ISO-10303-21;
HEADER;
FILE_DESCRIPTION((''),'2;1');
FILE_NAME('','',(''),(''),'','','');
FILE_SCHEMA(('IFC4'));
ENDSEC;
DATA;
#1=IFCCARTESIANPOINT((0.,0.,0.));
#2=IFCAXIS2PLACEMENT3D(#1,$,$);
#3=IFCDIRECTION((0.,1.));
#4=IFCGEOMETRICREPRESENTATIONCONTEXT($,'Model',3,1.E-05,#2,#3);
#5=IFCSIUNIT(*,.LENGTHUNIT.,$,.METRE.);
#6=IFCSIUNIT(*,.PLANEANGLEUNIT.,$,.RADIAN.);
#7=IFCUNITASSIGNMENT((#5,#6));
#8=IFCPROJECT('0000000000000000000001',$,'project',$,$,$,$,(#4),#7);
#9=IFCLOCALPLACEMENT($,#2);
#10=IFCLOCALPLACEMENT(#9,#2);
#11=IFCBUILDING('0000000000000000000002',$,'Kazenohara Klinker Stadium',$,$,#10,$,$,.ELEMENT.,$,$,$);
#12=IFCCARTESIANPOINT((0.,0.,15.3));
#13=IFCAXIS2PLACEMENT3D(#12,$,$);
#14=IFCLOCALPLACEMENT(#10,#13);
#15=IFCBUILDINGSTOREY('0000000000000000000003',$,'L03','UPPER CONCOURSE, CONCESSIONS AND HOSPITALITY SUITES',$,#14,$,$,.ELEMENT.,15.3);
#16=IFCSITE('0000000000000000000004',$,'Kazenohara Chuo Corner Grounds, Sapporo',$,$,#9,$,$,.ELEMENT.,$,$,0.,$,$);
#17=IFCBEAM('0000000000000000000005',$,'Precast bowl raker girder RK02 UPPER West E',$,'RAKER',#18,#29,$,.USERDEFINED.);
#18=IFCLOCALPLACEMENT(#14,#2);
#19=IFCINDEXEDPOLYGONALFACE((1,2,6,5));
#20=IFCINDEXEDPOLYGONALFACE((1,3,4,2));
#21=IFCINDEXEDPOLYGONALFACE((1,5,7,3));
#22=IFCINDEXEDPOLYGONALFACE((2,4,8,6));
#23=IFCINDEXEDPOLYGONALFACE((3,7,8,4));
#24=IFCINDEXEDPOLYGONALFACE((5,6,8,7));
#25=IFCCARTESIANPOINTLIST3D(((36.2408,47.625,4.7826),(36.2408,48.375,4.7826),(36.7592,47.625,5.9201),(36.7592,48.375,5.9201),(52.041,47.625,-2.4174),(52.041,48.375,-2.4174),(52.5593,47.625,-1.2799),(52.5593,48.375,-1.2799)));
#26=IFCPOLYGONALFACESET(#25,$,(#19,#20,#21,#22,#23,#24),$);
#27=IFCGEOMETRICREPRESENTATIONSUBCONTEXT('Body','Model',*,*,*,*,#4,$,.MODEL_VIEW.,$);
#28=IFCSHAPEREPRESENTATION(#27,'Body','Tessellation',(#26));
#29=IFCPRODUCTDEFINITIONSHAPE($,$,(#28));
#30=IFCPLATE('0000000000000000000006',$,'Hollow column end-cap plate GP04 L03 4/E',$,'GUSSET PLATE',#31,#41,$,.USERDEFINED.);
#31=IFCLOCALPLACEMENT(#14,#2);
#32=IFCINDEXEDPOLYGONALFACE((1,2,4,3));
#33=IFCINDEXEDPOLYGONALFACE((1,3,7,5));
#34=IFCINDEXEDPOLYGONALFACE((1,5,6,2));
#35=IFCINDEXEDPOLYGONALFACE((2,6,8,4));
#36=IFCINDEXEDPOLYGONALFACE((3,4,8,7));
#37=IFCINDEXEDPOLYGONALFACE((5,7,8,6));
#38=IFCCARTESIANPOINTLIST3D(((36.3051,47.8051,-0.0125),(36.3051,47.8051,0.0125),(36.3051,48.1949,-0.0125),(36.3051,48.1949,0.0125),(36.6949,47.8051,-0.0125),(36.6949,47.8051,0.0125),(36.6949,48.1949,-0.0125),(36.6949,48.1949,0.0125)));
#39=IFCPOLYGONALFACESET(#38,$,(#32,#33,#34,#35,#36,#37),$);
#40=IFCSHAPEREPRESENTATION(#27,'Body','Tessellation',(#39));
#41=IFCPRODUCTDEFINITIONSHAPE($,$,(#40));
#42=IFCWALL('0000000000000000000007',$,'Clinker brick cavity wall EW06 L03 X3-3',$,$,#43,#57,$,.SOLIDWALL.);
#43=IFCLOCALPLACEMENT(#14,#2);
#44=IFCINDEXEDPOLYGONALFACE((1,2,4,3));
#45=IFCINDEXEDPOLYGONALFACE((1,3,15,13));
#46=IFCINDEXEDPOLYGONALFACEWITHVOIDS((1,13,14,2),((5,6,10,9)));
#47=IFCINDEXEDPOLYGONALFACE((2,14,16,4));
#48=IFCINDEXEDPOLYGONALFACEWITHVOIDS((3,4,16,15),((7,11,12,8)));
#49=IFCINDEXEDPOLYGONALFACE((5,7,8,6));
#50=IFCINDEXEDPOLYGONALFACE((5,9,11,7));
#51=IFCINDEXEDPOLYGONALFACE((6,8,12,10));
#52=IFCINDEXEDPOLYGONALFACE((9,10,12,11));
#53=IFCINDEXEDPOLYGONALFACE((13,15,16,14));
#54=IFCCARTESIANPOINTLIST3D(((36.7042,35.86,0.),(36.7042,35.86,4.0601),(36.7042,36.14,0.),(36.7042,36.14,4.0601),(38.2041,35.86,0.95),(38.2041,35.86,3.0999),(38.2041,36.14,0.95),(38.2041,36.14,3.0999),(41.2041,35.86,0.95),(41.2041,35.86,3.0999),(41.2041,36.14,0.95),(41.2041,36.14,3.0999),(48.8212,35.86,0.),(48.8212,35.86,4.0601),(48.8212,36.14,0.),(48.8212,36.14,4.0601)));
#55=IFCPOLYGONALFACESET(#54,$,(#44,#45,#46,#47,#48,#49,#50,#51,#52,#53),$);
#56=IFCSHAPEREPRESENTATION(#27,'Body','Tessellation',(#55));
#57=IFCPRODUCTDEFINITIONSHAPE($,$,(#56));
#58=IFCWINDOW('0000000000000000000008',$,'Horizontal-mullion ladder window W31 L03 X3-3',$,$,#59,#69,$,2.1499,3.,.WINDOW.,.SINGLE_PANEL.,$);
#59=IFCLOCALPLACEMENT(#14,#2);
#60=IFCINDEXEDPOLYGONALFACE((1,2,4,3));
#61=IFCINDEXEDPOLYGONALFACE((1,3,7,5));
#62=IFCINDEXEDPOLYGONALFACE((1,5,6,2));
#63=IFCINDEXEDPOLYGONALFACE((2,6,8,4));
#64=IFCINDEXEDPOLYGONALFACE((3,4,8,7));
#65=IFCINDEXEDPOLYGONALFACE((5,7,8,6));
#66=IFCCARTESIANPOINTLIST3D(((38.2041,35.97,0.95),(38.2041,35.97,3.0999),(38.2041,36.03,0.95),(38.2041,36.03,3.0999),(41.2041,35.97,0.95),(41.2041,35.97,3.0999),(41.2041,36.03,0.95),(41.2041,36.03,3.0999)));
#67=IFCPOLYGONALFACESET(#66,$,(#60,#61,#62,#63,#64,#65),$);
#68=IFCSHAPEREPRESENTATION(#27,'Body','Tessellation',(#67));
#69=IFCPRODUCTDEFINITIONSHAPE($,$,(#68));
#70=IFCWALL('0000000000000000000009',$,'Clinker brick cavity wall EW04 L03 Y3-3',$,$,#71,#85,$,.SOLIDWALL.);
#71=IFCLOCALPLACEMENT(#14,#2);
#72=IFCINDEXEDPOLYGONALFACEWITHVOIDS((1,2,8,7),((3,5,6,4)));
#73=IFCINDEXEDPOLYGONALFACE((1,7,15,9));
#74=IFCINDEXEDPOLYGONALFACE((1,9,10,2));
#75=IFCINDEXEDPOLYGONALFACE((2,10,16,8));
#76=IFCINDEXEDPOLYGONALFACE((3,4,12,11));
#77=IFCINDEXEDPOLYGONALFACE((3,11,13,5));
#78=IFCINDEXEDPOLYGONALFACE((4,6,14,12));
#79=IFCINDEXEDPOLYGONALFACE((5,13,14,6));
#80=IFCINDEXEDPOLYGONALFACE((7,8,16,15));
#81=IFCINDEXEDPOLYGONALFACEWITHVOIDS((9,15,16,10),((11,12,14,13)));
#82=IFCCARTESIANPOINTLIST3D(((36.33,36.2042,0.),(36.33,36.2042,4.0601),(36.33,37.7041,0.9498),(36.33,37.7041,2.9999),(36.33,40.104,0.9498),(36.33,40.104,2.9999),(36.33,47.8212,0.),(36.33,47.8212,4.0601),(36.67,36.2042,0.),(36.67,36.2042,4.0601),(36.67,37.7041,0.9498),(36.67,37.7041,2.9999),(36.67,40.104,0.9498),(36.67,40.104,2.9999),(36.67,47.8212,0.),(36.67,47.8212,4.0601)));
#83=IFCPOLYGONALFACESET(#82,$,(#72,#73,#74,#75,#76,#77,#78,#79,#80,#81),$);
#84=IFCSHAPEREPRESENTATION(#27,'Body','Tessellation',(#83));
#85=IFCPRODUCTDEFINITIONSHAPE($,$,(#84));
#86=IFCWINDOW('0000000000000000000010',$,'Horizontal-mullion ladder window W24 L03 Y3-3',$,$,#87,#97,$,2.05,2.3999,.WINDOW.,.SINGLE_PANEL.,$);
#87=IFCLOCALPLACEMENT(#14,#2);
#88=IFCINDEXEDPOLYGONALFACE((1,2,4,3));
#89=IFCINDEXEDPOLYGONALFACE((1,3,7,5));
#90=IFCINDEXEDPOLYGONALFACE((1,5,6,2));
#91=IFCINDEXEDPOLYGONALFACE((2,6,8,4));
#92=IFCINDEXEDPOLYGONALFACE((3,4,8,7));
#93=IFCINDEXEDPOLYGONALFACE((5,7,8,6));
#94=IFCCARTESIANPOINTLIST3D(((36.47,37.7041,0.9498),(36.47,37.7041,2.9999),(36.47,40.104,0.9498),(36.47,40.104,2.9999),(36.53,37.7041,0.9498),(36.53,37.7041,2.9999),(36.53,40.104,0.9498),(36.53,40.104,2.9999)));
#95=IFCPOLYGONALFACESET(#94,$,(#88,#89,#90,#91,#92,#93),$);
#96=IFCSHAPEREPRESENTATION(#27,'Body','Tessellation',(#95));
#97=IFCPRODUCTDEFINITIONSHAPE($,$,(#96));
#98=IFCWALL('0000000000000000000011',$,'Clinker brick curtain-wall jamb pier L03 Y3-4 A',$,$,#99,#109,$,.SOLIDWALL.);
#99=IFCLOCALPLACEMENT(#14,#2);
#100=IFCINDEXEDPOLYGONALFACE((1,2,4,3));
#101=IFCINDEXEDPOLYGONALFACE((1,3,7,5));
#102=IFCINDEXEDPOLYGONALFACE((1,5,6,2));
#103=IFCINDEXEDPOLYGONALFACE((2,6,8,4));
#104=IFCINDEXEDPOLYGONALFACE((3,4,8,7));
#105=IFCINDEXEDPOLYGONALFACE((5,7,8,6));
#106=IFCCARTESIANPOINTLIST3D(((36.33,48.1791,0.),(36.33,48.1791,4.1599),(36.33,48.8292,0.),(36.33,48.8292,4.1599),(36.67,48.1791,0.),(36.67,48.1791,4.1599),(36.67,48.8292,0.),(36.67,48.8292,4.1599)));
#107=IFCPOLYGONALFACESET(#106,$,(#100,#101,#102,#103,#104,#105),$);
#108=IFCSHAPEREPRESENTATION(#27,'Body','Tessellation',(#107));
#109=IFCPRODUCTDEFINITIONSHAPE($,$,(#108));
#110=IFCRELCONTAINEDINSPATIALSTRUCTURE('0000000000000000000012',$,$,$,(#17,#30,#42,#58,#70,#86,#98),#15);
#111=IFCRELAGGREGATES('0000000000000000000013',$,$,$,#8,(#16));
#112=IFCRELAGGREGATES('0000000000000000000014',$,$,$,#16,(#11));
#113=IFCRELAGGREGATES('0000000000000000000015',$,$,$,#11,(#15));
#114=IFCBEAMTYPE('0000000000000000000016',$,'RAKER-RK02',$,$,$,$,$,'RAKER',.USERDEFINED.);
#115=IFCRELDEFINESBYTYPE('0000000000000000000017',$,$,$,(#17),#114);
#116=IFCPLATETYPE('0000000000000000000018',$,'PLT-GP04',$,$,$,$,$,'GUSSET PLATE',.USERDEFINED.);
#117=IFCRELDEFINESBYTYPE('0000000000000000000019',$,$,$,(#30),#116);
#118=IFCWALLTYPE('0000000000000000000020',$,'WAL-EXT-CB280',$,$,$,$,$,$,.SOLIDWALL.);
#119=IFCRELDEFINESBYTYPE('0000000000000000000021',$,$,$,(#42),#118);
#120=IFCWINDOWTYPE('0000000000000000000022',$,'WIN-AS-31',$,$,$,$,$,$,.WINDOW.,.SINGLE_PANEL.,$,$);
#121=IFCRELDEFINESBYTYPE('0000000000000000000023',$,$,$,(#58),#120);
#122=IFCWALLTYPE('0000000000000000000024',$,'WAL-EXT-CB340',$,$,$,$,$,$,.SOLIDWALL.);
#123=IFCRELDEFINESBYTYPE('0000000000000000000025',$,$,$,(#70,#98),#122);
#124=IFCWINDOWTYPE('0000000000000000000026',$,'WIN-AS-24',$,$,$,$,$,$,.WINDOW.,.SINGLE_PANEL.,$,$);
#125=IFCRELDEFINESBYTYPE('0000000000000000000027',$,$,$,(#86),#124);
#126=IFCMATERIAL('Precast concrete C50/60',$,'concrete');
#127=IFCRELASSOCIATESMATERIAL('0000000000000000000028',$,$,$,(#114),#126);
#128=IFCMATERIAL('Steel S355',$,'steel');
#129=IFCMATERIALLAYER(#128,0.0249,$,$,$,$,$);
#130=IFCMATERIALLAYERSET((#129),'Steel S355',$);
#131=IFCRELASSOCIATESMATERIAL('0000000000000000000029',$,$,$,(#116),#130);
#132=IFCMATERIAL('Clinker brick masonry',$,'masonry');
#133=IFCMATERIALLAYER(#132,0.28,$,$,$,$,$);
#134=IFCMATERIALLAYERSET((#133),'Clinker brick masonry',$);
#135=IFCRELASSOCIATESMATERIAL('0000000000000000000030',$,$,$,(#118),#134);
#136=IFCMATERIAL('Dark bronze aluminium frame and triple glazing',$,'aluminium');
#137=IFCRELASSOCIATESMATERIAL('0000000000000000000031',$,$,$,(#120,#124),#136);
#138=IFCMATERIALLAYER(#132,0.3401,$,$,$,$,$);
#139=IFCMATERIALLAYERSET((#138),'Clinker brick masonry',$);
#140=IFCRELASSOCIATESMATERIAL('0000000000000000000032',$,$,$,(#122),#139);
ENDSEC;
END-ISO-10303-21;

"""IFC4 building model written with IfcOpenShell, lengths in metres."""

from ifc_helpers import new_model, si_unit, direction, frame, frame_2d, origin, origin_2d, place, context, subcontext, project, spatial, rectangle, extrude, material, layer, layer_set, material_profile, profile_set, type_object, element, fill, save


model = new_model("IFC4")

# Units and contexts
model_context = context("Model", 3, precision=1e-05, world=origin(), true_north=direction((0.0, 1.0)))
body_context = subcontext(model_context, "Body", "Model", "MODEL_VIEW")
ifc_project = project(units=[si_unit("LENGTHUNIT", "METRE"), si_unit("PLANEANGLEUNIT", "RADIAN")], contexts=[model_context])

# Site, building, storey
site_placement = place(None, origin())
site = spatial("IfcSite", under=ifc_project, at=site_placement, Name="Kazenohara Chuo Corner Grounds, Sapporo", CompositionType="ELEMENT", RefElevation=0.0)
building_placement = place(site_placement, origin())
building = spatial("IfcBuilding", under=site, at=building_placement, Name="Kazenohara Klinker Stadium", CompositionType="ELEMENT")
storey_placement = place(building_placement, frame((0.0, 0.0, 15.3)))
storey = spatial("IfcBuildingStorey", under=building, at=storey_placement, Name="L03", Description="UPPER CONCOURSE, CONCESSIONS AND HOSPITALITY SUITES", CompositionType="ELEMENT", Elevation=15.3)

# Shared definitions
ifc_material_1 = material(Name="Steel S355", Category="steel")

# Beam
ifc_material_2 = material(Name="Precast concrete C50/60", Category="concrete")
ifc_material_profile_1 = material_profile(ifc_material_2, rectangle(XDim=0.75, YDim=1.25, at=origin_2d()), Name="PC-RAKER-750x1250")
ifc_profile_set_1 = profile_set([ifc_material_profile_1], Name="Precast concrete C50/60")
beam_type_1 = type_object("IfcBeamType", Name="RAKER-RK02", ElementType="RAKER", PredefinedType="USERDEFINED", material=ifc_profile_set_1)
beam_1_placement = place(storey_placement, frame((36.5, 48.0, 5.3513), z_axis=(0.909973, 0.0, -0.414667), x_axis=(0.0, 1.0, 0.0)))
element("IfcBeam", 1, at=beam_1_placement, inside=storey, type_object=beam_type_1, Name="Precast bowl raker girder RK02 UPPER West E", ObjectType="RAKER", PredefinedType="USERDEFINED", context=body_context, shape_type="SweptSolid", body=[
    extrude(rectangle(XDim=0.75, YDim=1.25, at=origin_2d()), origin(), (0.0, 0.0, 1.0), 17.3633),
])

# Plate
ifc_layer_1 = layer(ifc_material_1, 0.0249)
ifc_layer_set_1 = layer_set([ifc_layer_1], Name="Steel S355")
plate_type = type_object("IfcPlateType", Name="PLT-GP04", ElementType="GUSSET PLATE", PredefinedType="USERDEFINED", material=ifc_layer_set_1)
plate_placement = place(storey_placement, frame((36.5, 48.0, -0.0125), z_axis=(0.0, 0.0, 1.0), x_axis=(1.0, 0.0, 0.0)))
element("IfcPlate", 2, at=plate_placement, inside=storey, type_object=plate_type, Name="Hollow column end-cap plate GP04 L03 4/E", ObjectType="GUSSET PLATE", PredefinedType="USERDEFINED", context=body_context, shape_type="SweptSolid", body=[
    extrude(rectangle(XDim=0.3899, YDim=0.3899, at=origin_2d()), origin(), (0.0, 0.0, 1.0), 0.0249),
])

# Walls, openings, windows
ifc_material_3 = material(Name="Clinker brick masonry", Category="masonry")
ifc_layer_2 = layer(ifc_material_3, 0.28)
ifc_layer_set_2 = layer_set([ifc_layer_2], Name="Clinker brick masonry")
wall_type_1 = type_object("IfcWallType", Name="WAL-EXT-CB280", PredefinedType="SOLIDWALL", material=ifc_layer_set_2)
wall_1_placement = place(storey_placement, frame((36.7041, 36.0, 0.0), z_axis=(0.0, 0.0, 1.0), x_axis=(1.0, 0.0, 0.0)))
wall_1 = element("IfcWall", 3, at=wall_1_placement, inside=storey, type_object=wall_type_1, Name="Clinker brick cavity wall EW06 L03 X3-3", PredefinedType="SOLIDWALL", context=body_context, shape_type="SweptSolid", body=[
    extrude(rectangle(XDim=12.1169, YDim=0.28, at=frame_2d((6.0586, 0.0))), origin(), (0.0, 0.0, 1.0), 4.0601),
])
opening_1_placement = place(wall_1_placement, frame((1.5, 0.0, 0.95)))
opening_1 = element("IfcOpeningElement", 4, at=opening_1_placement, cuts=wall_1, PredefinedType="OPENING", context=body_context, shape_type="SweptSolid", body=[
    extrude(rectangle(XDim=3.0, YDim=2.1499, at=frame_2d((1.5, 1.075))), frame((0.0, 0.1499, 0.0), z_axis=(0.0, -1.0, 0.0), x_axis=(1.0, 0.0, 0.0)), (0.0, 0.0, 1.0), 0.3),
])
ifc_material_4 = material(Name="Dark bronze aluminium frame and triple glazing", Category="aluminium")
window_type_1 = type_object("IfcWindowType", Name="WIN-AS-31", PartitioningType="SINGLE_PANEL", PredefinedType="WINDOW", material=ifc_material_4)
window_1_placement = place(opening_1_placement, origin())
window_1 = element("IfcWindow", 5, at=window_1_placement, inside=storey, type_object=window_type_1, Name="Horizontal-mullion ladder window W31 L03 X3-3", OverallHeight=2.1499, OverallWidth=3.0, PartitioningType="SINGLE_PANEL", PredefinedType="WINDOW", context=body_context, shape_type="SweptSolid", body=[
    extrude(rectangle(XDim=3.0, YDim=2.1499, at=frame_2d((1.5, 1.075))), frame((0.0, 0.03, 0.0), z_axis=(0.0, -1.0, 0.0), x_axis=(1.0, 0.0, 0.0)), (0.0, 0.0, 1.0), 0.0601),
])
fill(opening_1, window_1)
ifc_layer_3 = layer(ifc_material_3, 0.3401)
ifc_layer_set_3 = layer_set([ifc_layer_3], Name="Clinker brick masonry")
wall_type_2 = type_object("IfcWallType", Name="WAL-EXT-CB340", PredefinedType="SOLIDWALL", material=ifc_layer_set_3)
wall_2_placement = place(storey_placement, frame((36.5, 36.2041, 0.0), z_axis=(0.0, 0.0, 1.0), x_axis=(0.0, 1.0, 0.0)))
wall_2 = element("IfcWall", 6, at=wall_2_placement, inside=storey, type_object=wall_type_2, Name="Clinker brick cavity wall EW04 L03 Y3-3", PredefinedType="SOLIDWALL", context=body_context, shape_type="SweptSolid", body=[
    extrude(rectangle(XDim=11.6169, YDim=0.3401, at=frame_2d((5.8086, 0.0))), origin(), (0.0, 0.0, 1.0), 4.0601),
])
opening_2_placement = place(wall_2_placement, frame((1.5, 0.0, 0.95)))
opening_2 = element("IfcOpeningElement", 7, at=opening_2_placement, cuts=wall_2, PredefinedType="OPENING", context=body_context, shape_type="SweptSolid", body=[
    extrude(rectangle(XDim=2.3999, YDim=2.05, at=frame_2d((1.2, 1.0249))), frame((0.0, 0.1802, 0.0), z_axis=(0.0, -1.0, 0.0), x_axis=(1.0, 0.0, 0.0)), (0.0, 0.0, 1.0), 0.3601),
])
window_type_2 = type_object("IfcWindowType", Name="WIN-AS-24", PartitioningType="SINGLE_PANEL", PredefinedType="WINDOW", material=ifc_material_4)
window_2_placement = place(opening_2_placement, origin())
window_2 = element("IfcWindow", 8, at=window_2_placement, inside=storey, type_object=window_type_2, Name="Horizontal-mullion ladder window W24 L03 Y3-3", OverallHeight=2.05, OverallWidth=2.3999, PartitioningType="SINGLE_PANEL", PredefinedType="WINDOW", context=body_context, shape_type="SweptSolid", body=[
    extrude(rectangle(XDim=2.3999, YDim=2.05, at=frame_2d((1.2, 1.0249))), frame((0.0, 0.03, 0.0), z_axis=(0.0, -1.0, 0.0), x_axis=(1.0, 0.0, 0.0)), (0.0, 0.0, 1.0), 0.0601),
])
fill(opening_2, window_2)

# Wall
wall_3_placement = place(storey_placement, frame((36.5, 48.179, 0.0), z_axis=(0.0, 0.0, 1.0), x_axis=(0.0, 1.0, 0.0)))
element("IfcWall", 9, at=wall_3_placement, inside=storey, type_object=wall_type_2, Name="Clinker brick curtain-wall jamb pier L03 Y3-4 A", PredefinedType="SOLIDWALL", context=body_context, shape_type="SweptSolid", body=[
    extrude(rectangle(XDim=0.6501, YDim=0.3401, at=frame_2d((0.3252, 0.0))), origin(), (0.0, 0.0, 1.0), 4.1599),
])

save(model, "model.ifc")
